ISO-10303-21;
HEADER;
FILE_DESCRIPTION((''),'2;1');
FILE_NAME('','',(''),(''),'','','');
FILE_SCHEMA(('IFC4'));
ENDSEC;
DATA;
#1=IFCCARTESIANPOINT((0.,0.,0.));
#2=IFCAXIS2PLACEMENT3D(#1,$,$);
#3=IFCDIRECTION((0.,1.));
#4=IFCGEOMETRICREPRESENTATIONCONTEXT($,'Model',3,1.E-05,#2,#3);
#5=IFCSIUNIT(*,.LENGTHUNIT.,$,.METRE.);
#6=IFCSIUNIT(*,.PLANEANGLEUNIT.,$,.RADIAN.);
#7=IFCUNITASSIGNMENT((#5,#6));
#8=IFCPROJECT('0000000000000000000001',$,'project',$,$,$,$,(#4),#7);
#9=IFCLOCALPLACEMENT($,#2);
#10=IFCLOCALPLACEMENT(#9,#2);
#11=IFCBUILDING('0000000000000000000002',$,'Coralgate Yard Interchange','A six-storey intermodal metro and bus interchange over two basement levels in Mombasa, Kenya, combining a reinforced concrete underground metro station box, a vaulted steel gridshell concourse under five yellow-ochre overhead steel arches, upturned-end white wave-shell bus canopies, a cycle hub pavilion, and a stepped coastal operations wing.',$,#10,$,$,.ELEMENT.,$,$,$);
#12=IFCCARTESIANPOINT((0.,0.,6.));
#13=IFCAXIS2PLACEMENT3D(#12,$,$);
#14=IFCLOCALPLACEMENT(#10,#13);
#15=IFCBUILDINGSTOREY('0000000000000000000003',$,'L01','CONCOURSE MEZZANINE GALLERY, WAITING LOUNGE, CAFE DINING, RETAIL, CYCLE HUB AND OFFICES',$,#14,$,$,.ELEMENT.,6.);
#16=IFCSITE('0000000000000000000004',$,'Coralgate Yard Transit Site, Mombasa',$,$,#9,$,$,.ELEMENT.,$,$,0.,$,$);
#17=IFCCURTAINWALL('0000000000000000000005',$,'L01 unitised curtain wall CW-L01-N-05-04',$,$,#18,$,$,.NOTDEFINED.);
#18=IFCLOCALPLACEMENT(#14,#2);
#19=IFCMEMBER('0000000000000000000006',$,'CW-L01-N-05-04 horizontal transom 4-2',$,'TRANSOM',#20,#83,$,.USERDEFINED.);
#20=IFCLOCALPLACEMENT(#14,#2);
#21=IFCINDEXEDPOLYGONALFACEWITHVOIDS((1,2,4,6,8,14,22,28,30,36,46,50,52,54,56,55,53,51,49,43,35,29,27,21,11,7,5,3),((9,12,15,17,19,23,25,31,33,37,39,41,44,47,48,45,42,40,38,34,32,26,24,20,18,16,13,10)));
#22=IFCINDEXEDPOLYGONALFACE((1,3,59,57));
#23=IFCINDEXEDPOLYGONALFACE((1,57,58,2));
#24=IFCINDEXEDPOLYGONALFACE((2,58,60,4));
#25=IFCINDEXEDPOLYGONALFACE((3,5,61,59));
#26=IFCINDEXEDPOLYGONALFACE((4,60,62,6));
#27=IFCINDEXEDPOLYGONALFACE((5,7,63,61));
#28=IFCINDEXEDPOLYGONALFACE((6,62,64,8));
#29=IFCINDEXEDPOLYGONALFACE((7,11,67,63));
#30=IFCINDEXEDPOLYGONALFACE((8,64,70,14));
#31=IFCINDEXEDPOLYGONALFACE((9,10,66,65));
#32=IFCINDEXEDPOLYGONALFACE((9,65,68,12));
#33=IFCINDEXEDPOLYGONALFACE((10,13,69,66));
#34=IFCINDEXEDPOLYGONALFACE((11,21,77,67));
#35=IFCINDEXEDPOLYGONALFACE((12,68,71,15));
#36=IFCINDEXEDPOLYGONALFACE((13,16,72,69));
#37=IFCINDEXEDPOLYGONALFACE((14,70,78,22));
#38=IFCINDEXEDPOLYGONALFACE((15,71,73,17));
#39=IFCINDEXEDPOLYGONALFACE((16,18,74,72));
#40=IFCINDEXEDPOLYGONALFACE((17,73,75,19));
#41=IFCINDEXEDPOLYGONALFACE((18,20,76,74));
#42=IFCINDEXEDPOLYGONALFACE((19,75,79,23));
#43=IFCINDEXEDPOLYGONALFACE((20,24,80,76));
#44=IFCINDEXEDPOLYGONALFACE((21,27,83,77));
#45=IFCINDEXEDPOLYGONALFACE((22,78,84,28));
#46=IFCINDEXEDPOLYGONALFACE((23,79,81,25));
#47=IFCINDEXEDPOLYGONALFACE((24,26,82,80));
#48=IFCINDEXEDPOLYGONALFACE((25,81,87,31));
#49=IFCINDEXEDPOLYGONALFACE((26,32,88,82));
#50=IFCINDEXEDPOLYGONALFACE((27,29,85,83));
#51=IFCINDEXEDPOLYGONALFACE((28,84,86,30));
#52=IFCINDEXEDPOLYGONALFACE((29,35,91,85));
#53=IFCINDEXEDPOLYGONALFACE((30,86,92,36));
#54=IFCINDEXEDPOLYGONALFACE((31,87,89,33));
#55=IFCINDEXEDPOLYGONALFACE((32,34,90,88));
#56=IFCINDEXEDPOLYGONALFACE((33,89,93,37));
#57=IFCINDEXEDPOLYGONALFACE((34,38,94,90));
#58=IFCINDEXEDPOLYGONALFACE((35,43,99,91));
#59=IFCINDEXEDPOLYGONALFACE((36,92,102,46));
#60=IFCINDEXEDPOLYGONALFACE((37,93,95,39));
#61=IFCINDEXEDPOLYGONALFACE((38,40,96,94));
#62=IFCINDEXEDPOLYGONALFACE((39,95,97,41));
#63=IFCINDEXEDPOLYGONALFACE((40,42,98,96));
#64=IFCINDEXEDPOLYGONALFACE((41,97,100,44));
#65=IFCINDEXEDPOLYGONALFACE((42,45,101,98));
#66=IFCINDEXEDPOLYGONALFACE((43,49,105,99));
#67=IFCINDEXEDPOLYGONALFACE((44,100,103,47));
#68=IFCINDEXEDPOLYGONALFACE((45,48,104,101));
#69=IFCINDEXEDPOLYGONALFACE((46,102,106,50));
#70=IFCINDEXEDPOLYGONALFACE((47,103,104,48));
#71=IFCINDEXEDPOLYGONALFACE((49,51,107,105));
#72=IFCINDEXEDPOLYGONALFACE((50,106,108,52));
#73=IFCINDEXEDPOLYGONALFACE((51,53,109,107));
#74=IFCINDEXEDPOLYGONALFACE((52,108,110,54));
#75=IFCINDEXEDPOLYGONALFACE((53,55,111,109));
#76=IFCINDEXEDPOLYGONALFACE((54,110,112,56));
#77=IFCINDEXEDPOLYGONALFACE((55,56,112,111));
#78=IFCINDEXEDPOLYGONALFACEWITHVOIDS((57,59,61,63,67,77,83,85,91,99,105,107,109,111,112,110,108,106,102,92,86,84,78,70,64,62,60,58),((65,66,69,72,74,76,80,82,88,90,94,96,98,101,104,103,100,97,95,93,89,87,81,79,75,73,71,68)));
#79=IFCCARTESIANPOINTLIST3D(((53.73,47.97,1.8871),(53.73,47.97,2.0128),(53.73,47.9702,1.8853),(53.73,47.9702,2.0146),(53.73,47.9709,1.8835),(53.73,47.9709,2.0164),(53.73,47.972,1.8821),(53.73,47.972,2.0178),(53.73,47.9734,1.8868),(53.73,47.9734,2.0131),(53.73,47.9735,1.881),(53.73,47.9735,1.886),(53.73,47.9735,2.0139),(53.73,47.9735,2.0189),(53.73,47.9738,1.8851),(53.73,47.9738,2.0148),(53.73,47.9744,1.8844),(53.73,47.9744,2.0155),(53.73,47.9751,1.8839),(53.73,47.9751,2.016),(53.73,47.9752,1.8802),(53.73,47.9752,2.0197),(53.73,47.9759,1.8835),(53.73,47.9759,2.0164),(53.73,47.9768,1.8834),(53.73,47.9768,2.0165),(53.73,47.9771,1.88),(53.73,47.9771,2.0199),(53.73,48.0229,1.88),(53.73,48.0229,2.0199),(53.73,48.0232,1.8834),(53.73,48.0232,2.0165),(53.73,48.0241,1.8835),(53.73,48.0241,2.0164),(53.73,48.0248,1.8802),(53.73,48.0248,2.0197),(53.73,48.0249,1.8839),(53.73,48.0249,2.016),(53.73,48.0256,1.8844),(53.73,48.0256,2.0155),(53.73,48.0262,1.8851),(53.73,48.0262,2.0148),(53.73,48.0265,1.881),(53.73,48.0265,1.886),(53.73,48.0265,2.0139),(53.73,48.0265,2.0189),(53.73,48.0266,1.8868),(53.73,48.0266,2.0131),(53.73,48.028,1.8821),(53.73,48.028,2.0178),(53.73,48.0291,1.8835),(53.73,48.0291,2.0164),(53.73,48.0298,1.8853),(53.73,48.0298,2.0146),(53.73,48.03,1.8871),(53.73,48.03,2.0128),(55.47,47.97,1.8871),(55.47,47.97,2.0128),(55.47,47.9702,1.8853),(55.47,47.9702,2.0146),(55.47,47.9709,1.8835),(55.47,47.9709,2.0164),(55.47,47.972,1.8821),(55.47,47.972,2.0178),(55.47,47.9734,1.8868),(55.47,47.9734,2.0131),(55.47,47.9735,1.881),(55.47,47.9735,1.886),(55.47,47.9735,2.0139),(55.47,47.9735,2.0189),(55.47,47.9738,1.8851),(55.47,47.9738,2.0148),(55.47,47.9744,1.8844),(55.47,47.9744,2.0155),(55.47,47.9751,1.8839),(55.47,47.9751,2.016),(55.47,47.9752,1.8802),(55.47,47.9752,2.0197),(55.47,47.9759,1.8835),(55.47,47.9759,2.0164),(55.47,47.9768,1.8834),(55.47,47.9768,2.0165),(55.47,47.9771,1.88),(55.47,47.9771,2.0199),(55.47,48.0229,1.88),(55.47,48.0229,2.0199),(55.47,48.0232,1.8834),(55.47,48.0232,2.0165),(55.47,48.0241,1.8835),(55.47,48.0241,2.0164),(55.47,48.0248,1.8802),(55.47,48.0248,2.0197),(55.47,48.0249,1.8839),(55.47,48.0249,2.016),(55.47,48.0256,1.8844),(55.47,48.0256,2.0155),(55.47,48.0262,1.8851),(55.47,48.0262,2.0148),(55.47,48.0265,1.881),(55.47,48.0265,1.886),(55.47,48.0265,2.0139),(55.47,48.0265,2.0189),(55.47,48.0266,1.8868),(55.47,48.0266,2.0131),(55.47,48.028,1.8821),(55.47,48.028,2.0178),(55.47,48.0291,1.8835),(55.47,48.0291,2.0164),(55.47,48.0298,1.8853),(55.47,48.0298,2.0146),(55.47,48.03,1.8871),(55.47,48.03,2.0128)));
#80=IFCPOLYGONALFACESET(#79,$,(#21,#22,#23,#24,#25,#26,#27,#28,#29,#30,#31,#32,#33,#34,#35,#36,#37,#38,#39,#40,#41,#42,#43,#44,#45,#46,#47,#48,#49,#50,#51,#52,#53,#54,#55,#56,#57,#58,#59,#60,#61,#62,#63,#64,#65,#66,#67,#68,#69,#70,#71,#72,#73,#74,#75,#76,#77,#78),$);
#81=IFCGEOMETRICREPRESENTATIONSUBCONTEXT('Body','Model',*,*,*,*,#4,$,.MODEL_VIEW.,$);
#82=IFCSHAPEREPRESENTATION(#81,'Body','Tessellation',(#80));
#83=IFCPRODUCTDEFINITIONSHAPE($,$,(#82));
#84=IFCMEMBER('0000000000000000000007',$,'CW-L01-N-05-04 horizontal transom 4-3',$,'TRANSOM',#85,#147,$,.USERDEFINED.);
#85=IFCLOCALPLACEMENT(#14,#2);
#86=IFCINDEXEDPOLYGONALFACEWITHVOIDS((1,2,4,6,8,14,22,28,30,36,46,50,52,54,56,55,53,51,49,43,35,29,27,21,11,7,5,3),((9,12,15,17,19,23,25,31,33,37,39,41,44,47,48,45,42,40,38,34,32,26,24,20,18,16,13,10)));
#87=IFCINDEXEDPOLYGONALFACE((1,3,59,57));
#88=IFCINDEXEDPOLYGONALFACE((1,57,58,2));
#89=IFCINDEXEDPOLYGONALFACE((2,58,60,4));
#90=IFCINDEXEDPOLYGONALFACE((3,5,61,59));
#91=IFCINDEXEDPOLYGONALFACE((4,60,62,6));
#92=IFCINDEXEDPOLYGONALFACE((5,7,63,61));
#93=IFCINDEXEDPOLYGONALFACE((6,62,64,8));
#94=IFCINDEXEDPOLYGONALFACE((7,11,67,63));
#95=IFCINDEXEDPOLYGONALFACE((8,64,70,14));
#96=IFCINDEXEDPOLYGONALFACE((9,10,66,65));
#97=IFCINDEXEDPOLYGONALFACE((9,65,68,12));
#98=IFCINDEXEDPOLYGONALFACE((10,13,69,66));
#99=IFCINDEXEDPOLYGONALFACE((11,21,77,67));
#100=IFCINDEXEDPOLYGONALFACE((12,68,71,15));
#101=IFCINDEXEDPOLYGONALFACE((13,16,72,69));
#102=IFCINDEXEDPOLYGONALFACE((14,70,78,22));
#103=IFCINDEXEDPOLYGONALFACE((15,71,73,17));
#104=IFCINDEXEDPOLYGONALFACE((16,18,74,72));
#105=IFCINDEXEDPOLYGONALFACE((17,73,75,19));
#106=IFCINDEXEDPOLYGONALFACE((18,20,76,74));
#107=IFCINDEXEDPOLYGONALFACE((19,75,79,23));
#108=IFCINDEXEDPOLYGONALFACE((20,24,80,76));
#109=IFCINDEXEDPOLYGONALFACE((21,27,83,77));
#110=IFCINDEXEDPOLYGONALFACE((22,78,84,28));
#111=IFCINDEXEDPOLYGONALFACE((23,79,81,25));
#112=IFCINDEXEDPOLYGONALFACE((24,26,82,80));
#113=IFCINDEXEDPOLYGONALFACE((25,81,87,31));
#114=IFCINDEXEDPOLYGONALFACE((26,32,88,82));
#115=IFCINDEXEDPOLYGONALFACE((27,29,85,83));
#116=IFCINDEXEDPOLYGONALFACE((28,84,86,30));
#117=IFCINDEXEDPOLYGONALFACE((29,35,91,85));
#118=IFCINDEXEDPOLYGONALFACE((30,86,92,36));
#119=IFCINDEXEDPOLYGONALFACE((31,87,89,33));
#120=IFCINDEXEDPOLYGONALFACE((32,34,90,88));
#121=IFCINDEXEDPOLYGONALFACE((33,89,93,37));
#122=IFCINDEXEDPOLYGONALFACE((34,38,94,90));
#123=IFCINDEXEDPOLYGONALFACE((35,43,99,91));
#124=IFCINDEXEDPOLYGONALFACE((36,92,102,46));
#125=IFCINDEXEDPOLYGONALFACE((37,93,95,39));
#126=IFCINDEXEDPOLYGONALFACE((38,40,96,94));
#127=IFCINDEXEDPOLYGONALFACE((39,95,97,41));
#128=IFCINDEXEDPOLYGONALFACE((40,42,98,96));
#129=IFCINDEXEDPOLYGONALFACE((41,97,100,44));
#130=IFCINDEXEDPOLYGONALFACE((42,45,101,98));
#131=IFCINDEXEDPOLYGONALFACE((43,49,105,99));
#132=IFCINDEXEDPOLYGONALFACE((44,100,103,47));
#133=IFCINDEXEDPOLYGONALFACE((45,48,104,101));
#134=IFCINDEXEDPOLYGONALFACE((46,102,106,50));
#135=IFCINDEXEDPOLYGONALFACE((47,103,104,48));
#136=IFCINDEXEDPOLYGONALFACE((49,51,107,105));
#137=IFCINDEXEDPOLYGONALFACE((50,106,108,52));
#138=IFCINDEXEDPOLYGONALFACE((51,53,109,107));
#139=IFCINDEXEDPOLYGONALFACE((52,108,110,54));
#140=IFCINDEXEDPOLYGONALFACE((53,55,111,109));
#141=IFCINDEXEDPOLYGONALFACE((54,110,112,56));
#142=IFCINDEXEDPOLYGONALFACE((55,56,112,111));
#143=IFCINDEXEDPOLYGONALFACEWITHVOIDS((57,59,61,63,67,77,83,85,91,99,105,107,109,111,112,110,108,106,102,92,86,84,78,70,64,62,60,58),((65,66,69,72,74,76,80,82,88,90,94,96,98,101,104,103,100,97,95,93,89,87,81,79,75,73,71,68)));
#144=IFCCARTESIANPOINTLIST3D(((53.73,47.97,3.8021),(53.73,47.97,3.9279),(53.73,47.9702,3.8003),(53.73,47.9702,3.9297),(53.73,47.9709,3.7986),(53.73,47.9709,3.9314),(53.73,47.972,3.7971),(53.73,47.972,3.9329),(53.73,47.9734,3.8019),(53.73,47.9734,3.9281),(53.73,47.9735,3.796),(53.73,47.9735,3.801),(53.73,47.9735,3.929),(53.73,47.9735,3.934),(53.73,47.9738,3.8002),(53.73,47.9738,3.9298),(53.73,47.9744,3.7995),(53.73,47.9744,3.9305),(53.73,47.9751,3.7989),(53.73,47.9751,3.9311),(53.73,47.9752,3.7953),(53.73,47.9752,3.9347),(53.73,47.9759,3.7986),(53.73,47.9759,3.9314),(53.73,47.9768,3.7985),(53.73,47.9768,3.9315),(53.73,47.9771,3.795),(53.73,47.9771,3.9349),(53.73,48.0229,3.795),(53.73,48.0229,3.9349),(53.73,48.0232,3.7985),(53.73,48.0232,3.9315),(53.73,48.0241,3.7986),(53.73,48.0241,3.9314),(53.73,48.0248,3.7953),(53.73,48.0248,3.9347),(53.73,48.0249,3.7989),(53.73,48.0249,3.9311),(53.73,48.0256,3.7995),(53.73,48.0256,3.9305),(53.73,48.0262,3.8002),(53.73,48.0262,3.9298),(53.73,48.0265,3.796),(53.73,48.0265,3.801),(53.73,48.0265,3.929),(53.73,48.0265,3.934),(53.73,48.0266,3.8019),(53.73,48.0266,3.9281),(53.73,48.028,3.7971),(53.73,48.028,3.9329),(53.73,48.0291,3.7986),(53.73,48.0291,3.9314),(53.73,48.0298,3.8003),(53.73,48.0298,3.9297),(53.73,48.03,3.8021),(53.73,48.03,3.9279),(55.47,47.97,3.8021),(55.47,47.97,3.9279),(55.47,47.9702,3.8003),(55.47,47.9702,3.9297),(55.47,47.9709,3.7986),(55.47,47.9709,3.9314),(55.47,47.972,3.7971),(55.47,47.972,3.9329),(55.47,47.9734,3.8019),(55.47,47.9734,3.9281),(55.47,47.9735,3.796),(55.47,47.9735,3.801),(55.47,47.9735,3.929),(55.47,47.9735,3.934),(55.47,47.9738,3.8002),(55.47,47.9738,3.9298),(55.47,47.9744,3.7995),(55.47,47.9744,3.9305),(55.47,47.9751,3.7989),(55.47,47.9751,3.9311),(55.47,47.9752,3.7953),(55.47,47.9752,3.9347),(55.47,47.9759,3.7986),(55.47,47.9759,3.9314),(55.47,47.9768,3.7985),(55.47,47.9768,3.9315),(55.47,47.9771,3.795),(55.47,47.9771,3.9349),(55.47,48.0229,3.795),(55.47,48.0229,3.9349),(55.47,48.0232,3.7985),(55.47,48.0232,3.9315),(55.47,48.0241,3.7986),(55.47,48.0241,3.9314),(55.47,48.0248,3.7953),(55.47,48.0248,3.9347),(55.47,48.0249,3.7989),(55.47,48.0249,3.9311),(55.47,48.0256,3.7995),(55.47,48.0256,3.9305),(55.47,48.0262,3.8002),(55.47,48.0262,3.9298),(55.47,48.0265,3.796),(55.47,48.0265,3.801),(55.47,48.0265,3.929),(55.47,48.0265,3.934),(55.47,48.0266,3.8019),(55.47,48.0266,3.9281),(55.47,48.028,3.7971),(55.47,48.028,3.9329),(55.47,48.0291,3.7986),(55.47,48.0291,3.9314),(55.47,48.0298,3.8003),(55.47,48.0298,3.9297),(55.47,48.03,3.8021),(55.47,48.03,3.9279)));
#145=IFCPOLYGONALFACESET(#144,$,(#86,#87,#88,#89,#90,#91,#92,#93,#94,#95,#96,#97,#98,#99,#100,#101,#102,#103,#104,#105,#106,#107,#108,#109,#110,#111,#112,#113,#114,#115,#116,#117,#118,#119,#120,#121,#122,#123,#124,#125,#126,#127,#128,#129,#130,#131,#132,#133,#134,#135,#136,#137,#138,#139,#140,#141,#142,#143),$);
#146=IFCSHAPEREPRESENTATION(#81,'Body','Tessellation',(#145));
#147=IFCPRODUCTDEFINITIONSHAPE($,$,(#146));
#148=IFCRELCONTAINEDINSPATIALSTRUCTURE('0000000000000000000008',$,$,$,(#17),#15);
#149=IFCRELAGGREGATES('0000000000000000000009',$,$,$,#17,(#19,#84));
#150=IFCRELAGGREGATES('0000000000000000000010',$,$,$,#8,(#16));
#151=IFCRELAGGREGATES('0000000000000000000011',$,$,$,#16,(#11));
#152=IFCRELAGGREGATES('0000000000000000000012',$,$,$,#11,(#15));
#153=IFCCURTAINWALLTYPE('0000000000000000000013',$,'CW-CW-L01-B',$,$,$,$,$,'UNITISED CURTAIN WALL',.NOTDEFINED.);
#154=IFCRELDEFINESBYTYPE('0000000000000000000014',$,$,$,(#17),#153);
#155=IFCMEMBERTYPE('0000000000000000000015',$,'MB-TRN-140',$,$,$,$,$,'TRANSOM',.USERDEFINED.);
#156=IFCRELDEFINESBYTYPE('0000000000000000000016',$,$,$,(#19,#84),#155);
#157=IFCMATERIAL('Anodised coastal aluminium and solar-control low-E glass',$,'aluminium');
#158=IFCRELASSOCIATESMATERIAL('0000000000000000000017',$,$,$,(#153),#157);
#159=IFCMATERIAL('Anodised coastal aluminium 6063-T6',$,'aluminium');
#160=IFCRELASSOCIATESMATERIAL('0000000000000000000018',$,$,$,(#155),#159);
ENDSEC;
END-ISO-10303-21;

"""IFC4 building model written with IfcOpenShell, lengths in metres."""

from ifc_helpers import new_model, si_unit, direction, frame, origin, origin_2d, place, context, subcontext, project, spatial, hollow_rectangle, extrude, material, material_profile, profile_set, type_object, element, aggregate, save


model = new_model("IFC4")

# Units and contexts
model_context = context("Model", 3, precision=1e-05, world=origin(), true_north=direction((0.0, 1.0)))
body_context = subcontext(model_context, "Body", "Model", "MODEL_VIEW")
ifc_project = project(units=[si_unit("LENGTHUNIT", "METRE"), si_unit("PLANEANGLEUNIT", "RADIAN")], contexts=[model_context])

# Site, building, storey
site_placement = place(None, origin())
site = spatial("IfcSite", under=ifc_project, at=site_placement, Name="Coralgate Yard Transit Site, Mombasa", CompositionType="ELEMENT", RefElevation=0.0)
building_placement = place(site_placement, origin())
building = spatial("IfcBuilding", under=site, at=building_placement, Name="Coralgate Yard Interchange", Description="A six-storey intermodal metro and bus interchange over two basement levels in Mombasa, Kenya, combining a reinforced concrete underground metro station box, a vaulted steel gridshell concourse under five yellow-ochre overhead steel arches, upturned-end white wave-shell bus canopies, a cycle hub pavilion, and a stepped coastal operations wing.", CompositionType="ELEMENT")
storey_placement = place(building_placement, frame((0.0, 0.0, 6.0)))
storey = spatial("IfcBuildingStorey", under=building, at=storey_placement, Name="L01", Description="CONCOURSE MEZZANINE GALLERY, WAITING LOUNGE, CAFE DINING, RETAIL, CYCLE HUB AND OFFICES", CompositionType="ELEMENT", Elevation=6.0)

# Curtain wall, members
ifc_material_1 = material(Name="Anodised coastal aluminium and solar-control low-E glass", Category="aluminium")
curtain_wall_type = type_object("IfcCurtainWallType", Name="CW-CW-L01-B", ElementType="UNITISED CURTAIN WALL", PredefinedType="NOTDEFINED", material=ifc_material_1)
curtain_wall_placement = place(storey_placement, origin())
curtain_wall = element("IfcCurtainWall", 1, at=curtain_wall_placement, inside=storey, type_object=curtain_wall_type, Name="L01 unitised curtain wall CW-L01-N-05-04", PredefinedType="NOTDEFINED")
ifc_material_2 = material(Name="Anodised coastal aluminium 6063-T6", Category="aluminium")
ifc_material_profile_1 = material_profile(ifc_material_2, hollow_rectangle(XDim=0.0601, YDim=0.1399, WallThickness=0.0034, InnerFilletRadius=0.0034, OuterFilletRadius=0.0071, at=origin_2d()), Name="ALU 60x140x3.5")
ifc_profile_set_1 = profile_set([ifc_material_profile_1], Name="Anodised coastal aluminium 6063-T6")
member_type_1 = type_object("IfcMemberType", Name="MB-TRN-140", ElementType="TRANSOM", PredefinedType="USERDEFINED", material=ifc_profile_set_1)
member_1_placement = place(storey_placement, frame((53.73, 48.0, 1.95), z_axis=(1.0, 0.0, 0.0), x_axis=(0.0, 1.0, 0.0)))
member_1 = element("IfcMember", 2, at=member_1_placement, type_object=member_type_1, Name="CW-L01-N-05-04 horizontal transom 4-2", ObjectType="TRANSOM", PredefinedType="USERDEFINED", context=body_context, shape_type="SweptSolid", body=[
    extrude(hollow_rectangle(XDim=0.0601, YDim=0.1399, WallThickness=0.0034, InnerFilletRadius=0.0034, OuterFilletRadius=0.0071, at=origin_2d()), origin(), (0.0, 0.0, 1.0), 1.74),
])
member_2_placement = place(storey_placement, frame((53.73, 48.0, 3.865), z_axis=(1.0, 0.0, 0.0), x_axis=(0.0, 1.0, 0.0)))
member_2 = element("IfcMember", 3, at=member_2_placement, type_object=member_type_1, Name="CW-L01-N-05-04 horizontal transom 4-3", ObjectType="TRANSOM", PredefinedType="USERDEFINED", context=body_context, shape_type="SweptSolid", body=[
    extrude(hollow_rectangle(XDim=0.0601, YDim=0.1399, WallThickness=0.0034, InnerFilletRadius=0.0034, OuterFilletRadius=0.0071, at=origin_2d()), origin(), (0.0, 0.0, 1.0), 1.74),
])
aggregate(curtain_wall, [member_1, member_2])

save(model, "model.ifc")
